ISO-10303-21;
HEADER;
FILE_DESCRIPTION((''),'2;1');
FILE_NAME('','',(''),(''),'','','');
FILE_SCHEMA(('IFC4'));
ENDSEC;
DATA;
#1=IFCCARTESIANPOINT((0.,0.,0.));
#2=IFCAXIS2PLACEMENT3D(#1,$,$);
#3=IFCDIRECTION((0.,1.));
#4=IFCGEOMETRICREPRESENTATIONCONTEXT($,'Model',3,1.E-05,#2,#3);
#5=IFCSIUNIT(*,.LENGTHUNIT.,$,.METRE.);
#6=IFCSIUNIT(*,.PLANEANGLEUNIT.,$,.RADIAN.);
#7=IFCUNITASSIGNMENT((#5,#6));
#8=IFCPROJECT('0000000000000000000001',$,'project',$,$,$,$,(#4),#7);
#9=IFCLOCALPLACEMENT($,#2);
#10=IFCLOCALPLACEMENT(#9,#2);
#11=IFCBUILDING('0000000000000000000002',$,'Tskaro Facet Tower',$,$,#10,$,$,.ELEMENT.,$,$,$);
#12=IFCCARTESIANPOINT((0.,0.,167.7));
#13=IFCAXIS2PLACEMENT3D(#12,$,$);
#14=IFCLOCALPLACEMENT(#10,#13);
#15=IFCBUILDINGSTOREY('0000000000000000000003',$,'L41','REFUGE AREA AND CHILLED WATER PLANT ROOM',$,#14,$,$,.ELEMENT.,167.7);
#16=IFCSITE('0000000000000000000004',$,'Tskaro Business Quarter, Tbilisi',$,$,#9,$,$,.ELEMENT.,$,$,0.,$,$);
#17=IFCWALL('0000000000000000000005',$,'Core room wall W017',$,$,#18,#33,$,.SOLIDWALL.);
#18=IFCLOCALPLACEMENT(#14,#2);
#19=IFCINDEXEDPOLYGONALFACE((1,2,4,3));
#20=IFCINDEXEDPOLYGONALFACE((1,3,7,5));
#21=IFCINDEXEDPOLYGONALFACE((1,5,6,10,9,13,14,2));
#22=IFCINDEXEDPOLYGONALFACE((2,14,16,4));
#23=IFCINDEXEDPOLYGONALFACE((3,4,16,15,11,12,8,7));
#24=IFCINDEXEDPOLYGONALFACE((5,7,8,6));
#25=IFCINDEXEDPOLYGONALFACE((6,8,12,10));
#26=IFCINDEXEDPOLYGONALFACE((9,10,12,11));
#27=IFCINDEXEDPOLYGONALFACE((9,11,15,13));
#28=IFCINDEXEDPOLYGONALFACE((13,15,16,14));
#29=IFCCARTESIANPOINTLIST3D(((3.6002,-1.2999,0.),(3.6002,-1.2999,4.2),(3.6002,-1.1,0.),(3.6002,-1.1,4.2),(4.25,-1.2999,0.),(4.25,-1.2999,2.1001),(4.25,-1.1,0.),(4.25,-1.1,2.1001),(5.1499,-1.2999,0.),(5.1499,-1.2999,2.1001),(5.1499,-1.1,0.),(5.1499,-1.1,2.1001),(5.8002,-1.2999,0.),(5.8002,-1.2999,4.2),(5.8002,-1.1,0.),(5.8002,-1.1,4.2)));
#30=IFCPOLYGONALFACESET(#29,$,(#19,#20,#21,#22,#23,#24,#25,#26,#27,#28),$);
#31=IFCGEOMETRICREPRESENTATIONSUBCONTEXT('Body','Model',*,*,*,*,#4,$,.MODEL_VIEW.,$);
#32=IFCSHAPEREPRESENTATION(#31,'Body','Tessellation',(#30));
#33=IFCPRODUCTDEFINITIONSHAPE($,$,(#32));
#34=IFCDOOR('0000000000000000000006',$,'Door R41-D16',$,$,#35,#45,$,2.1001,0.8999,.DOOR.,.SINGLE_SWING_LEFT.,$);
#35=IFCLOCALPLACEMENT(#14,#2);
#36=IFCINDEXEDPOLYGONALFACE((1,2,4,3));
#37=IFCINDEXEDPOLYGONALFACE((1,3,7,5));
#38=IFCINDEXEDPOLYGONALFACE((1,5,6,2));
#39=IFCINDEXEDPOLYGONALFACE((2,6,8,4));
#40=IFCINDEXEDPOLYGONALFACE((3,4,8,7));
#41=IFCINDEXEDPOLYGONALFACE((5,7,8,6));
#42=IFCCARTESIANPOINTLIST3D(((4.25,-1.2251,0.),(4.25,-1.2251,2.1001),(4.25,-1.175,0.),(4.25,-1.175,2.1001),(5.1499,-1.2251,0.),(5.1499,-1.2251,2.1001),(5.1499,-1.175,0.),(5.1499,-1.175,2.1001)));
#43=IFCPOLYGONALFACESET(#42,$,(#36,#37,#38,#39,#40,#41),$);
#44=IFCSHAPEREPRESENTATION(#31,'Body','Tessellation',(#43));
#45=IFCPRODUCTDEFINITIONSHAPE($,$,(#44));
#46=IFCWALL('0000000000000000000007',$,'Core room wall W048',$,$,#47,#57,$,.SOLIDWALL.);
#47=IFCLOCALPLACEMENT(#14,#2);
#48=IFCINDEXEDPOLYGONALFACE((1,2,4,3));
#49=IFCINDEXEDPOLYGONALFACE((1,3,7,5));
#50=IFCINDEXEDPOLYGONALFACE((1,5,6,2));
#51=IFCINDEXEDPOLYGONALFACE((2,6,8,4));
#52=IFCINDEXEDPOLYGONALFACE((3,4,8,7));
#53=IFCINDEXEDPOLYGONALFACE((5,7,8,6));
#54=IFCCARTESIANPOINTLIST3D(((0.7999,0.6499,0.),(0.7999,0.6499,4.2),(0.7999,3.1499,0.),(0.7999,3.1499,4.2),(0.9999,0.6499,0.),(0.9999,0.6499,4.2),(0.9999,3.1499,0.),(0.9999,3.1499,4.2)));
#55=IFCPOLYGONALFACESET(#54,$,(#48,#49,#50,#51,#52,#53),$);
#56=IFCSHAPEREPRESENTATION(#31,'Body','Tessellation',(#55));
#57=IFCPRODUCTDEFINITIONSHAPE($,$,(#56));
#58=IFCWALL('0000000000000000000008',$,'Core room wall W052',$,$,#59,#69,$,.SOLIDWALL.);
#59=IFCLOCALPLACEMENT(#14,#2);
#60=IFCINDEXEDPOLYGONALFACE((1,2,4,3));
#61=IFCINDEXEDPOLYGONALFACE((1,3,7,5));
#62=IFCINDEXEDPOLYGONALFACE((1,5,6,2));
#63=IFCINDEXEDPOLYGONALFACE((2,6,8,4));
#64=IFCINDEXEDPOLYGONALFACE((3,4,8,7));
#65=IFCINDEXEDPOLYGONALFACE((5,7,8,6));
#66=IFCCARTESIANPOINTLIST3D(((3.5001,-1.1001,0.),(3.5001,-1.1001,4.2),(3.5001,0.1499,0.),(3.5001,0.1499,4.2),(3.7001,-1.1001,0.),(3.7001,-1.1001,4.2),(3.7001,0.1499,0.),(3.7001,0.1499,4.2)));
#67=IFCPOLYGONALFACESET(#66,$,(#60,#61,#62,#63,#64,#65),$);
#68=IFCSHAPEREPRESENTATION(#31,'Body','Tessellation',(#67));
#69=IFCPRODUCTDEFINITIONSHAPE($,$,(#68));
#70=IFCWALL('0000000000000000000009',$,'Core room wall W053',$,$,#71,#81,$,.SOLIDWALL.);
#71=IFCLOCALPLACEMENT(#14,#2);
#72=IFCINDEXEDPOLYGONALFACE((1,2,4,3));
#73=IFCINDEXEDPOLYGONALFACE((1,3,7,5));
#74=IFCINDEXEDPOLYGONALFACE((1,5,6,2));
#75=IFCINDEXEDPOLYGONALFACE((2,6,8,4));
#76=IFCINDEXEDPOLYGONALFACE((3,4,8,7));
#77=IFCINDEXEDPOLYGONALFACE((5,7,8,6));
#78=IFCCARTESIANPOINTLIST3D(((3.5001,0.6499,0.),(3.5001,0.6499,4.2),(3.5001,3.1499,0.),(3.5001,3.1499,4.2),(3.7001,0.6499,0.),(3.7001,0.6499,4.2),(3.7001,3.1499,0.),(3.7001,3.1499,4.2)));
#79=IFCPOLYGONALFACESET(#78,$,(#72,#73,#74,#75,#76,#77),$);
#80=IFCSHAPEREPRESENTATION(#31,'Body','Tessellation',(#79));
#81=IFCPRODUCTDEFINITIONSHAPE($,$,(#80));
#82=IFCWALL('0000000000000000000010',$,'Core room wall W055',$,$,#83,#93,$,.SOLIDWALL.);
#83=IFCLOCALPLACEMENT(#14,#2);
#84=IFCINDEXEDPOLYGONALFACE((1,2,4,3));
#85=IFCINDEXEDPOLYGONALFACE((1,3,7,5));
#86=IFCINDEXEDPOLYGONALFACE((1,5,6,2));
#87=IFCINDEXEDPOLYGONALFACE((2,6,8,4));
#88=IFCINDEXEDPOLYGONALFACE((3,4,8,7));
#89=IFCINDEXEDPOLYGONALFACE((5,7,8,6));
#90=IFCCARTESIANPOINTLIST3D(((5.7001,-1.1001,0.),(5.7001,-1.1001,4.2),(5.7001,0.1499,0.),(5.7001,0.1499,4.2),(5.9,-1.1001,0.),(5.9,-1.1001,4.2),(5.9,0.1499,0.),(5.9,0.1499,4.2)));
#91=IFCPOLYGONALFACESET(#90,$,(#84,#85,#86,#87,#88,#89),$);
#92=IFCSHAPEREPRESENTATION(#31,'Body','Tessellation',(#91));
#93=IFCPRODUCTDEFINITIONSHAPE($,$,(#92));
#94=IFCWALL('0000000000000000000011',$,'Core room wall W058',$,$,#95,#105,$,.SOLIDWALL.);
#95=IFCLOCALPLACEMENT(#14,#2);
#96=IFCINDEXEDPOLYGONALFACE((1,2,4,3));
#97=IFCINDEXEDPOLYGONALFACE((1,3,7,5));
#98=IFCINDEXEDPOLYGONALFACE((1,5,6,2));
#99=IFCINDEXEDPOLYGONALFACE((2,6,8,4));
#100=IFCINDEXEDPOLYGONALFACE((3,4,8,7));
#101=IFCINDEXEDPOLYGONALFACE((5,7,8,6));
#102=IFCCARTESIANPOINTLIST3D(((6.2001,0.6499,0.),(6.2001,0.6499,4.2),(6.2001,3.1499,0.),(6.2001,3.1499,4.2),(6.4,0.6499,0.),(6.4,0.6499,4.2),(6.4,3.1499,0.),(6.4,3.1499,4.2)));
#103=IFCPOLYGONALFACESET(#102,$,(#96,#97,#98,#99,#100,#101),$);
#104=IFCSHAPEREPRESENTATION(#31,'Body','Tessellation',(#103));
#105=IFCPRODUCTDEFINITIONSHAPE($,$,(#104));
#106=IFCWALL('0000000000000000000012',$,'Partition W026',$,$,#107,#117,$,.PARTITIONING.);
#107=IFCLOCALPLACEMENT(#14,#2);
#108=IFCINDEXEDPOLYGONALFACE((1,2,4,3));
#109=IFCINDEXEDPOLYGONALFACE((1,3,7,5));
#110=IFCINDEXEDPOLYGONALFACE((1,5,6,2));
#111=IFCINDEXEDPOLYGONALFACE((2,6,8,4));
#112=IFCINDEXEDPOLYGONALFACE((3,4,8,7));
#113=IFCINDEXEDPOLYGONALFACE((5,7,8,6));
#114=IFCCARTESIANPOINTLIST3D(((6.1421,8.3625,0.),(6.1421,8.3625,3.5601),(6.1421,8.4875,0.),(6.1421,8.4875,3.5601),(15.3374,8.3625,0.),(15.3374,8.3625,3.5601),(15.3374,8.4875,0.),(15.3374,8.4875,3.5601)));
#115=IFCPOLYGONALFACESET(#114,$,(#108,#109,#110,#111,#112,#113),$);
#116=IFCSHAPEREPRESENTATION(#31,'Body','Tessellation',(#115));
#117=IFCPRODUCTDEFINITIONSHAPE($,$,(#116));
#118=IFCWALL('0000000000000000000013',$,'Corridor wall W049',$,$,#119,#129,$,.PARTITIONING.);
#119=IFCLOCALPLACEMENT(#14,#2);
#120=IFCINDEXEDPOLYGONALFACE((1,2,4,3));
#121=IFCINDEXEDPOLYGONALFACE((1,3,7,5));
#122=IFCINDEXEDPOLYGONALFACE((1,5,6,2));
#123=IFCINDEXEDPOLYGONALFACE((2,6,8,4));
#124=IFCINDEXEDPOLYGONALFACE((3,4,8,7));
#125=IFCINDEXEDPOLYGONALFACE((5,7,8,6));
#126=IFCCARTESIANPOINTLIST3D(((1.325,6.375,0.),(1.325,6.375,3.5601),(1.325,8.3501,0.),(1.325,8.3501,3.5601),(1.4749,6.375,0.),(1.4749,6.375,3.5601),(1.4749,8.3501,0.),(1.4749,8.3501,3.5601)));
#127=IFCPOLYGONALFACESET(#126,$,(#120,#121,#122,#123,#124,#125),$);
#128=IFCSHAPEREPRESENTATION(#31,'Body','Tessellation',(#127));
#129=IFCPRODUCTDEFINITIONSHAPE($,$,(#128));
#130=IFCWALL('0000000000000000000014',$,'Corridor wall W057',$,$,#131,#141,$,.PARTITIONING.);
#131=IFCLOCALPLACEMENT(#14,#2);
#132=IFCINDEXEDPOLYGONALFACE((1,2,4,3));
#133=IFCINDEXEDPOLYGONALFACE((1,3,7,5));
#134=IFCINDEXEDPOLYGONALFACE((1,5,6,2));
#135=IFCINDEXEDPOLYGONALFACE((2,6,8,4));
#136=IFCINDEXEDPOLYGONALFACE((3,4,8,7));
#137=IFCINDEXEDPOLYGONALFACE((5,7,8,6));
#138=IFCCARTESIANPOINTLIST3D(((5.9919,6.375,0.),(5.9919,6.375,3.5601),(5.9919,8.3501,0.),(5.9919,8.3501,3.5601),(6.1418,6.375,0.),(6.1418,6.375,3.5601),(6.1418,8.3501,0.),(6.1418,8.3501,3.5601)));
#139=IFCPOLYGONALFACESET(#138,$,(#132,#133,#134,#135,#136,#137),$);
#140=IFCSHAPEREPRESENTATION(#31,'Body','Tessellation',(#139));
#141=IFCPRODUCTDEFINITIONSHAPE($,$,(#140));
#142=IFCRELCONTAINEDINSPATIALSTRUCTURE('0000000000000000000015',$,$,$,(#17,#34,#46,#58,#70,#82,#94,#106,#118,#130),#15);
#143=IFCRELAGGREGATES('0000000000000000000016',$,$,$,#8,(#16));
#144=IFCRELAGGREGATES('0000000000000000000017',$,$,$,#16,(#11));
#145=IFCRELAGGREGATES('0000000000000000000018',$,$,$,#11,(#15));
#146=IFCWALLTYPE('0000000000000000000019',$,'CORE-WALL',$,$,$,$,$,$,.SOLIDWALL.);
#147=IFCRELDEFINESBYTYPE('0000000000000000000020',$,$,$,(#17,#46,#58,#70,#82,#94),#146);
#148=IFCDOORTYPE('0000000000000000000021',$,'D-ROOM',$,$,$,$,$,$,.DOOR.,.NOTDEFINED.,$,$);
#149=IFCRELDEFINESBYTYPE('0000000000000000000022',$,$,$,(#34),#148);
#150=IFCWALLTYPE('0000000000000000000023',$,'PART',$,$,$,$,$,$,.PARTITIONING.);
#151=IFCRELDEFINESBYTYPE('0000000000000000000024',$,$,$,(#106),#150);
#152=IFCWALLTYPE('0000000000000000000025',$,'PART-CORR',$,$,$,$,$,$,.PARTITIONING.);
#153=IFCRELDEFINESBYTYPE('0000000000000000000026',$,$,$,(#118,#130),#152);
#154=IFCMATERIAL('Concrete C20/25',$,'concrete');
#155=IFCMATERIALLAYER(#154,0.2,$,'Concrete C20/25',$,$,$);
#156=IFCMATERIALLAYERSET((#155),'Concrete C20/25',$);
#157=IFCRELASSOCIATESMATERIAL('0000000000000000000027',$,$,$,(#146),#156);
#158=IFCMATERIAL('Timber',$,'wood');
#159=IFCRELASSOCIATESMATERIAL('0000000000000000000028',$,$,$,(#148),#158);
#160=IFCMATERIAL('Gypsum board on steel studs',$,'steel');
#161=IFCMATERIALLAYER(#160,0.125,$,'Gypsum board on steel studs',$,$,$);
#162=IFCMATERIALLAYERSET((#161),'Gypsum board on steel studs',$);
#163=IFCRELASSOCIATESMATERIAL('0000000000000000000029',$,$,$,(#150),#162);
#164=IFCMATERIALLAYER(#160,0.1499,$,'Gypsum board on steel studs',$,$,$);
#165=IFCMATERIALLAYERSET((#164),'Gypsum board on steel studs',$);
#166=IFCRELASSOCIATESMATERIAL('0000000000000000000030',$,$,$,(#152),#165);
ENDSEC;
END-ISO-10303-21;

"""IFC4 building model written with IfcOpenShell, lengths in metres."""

from ifc_helpers import new_model, si_unit, direction, frame, frame_2d, origin, place, context, subcontext, project, spatial, rectangle, extrude, material, layer, layer_set, type_object, element, fill, save


model = new_model("IFC4")

# Units and contexts
model_context = context("Model", 3, precision=1e-05, world=origin(), true_north=direction((0.0, 1.0)))
body_context = subcontext(model_context, "Body", "Model", "MODEL_VIEW")
ifc_project = project(units=[si_unit("LENGTHUNIT", "METRE"), si_unit("PLANEANGLEUNIT", "RADIAN")], contexts=[model_context])

# Site, building, storey
site_placement = place(None, origin())
site = spatial("IfcSite", under=ifc_project, at=site_placement, Name="Tskaro Business Quarter, Tbilisi", CompositionType="ELEMENT", RefElevation=0.0)
building_placement = place(site_placement, origin())
building = spatial("IfcBuilding", under=site, at=building_placement, Name="Tskaro Facet Tower", CompositionType="ELEMENT")
storey_placement = place(building_placement, frame((0.0, 0.0, 167.7)))
storey = spatial("IfcBuildingStorey", under=building, at=storey_placement, Name="L41", Description="REFUGE AREA AND CHILLED WATER PLANT ROOM", CompositionType="ELEMENT", Elevation=167.7)

# Wall, opening, door
ifc_material_1 = material(Name="Concrete C20/25", Category="concrete")
ifc_layer_1 = layer(ifc_material_1, 0.2, Name="Concrete C20/25")
ifc_layer_set_1 = layer_set([ifc_layer_1], Name="Concrete C20/25")
wall_type_1 = type_object("IfcWallType", Name="CORE-WALL", PredefinedType="SOLIDWALL", material=ifc_layer_set_1)
wall_1_placement = place(storey_placement, frame((3.6001, -1.2, 0.0), z_axis=(0.0, 0.0, 1.0), x_axis=(1.0, 0.0, 0.0)))
wall_1 = element("IfcWall", 1, at=wall_1_placement, inside=storey, type_object=wall_type_1, Name="Core room wall W017", PredefinedType="SOLIDWALL", context=body_context, shape_type="SweptSolid", body=[
    extrude(rectangle(XDim=2.2, YDim=0.2, at=frame_2d((1.1001, 0.0))), origin(), (0.0, 0.0, 1.0), 4.2),
])
opening_placement = place(wall_1_placement, frame((0.6499, 0.0, 0.0)))
opening = element("IfcOpeningElement", 2, at=opening_placement, cuts=wall_1, PredefinedType="OPENING", context=body_context, shape_type="SweptSolid", body=[
    extrude(rectangle(XDim=0.8999, YDim=2.1001, at=frame_2d((0.45, 1.05))), frame((0.0, 0.1099, 0.0), z_axis=(0.0, -1.0, 0.0), x_axis=(1.0, 0.0, 0.0)), (0.0, 0.0, 1.0), 0.22),
])
ifc_material_2 = material(Name="Timber", Category="wood")
door_type = type_object("IfcDoorType", Name="D-ROOM", OperationType="NOTDEFINED", PredefinedType="DOOR", material=ifc_material_2)
door_placement = place(opening_placement, origin())
door = element("IfcDoor", 3, at=door_placement, inside=storey, type_object=door_type, Name="Door R41-D16", OperationType="SINGLE_SWING_LEFT", OverallHeight=2.1001, OverallWidth=0.8999, PredefinedType="DOOR", context=body_context, shape_type="SweptSolid", body=[
    extrude(rectangle(XDim=0.8999, YDim=2.1001, at=frame_2d((0.45, 1.05))), frame((0.0, 0.0249, 0.0), z_axis=(0.0, -1.0, 0.0), x_axis=(1.0, 0.0, 0.0)), (0.0, 0.0, 1.0), 0.05),
])
fill(opening, door)

# Walls
wall_2_placement = place(storey_placement, frame((0.8999, 0.6499, 0.0), z_axis=(0.0, 0.0, 1.0), x_axis=(0.0, 1.0, 0.0)))
element("IfcWall", 4, at=wall_2_placement, inside=storey, type_object=wall_type_1, Name="Core room wall W048", PredefinedType="SOLIDWALL", context=body_context, shape_type="SweptSolid", body=[
    extrude(rectangle(XDim=2.5, YDim=0.2, at=frame_2d((1.25, 0.0))), origin(), (0.0, 0.0, 1.0), 4.2),
])
wall_3_placement = place(storey_placement, frame((3.6001, -1.1001, 0.0), z_axis=(0.0, 0.0, 1.0), x_axis=(0.0, 1.0, 0.0)))
element("IfcWall", 5, at=wall_3_placement, inside=storey, type_object=wall_type_1, Name="Core room wall W052", PredefinedType="SOLIDWALL", context=body_context, shape_type="SweptSolid", body=[
    extrude(rectangle(XDim=1.25, YDim=0.2, at=frame_2d((0.625, 0.0))), origin(), (0.0, 0.0, 1.0), 4.2),
])
wall_4_placement = place(storey_placement, frame((3.6001, 0.6499, 0.0), z_axis=(0.0, 0.0, 1.0), x_axis=(0.0, 1.0, 0.0)))
element("IfcWall", 6, at=wall_4_placement, inside=storey, type_object=wall_type_1, Name="Core room wall W053", PredefinedType="SOLIDWALL", context=body_context, shape_type="SweptSolid", body=[
    extrude(rectangle(XDim=2.5, YDim=0.2, at=frame_2d((1.25, 0.0))), origin(), (0.0, 0.0, 1.0), 4.2),
])
wall_5_placement = place(storey_placement, frame((5.8, -1.1001, 0.0), z_axis=(0.0, 0.0, 1.0), x_axis=(0.0, 1.0, 0.0)))
element("IfcWall", 7, at=wall_5_placement, inside=storey, type_object=wall_type_1, Name="Core room wall W055", PredefinedType="SOLIDWALL", context=body_context, shape_type="SweptSolid", body=[
    extrude(rectangle(XDim=1.25, YDim=0.2, at=frame_2d((0.625, 0.0))), origin(), (0.0, 0.0, 1.0), 4.2),
])
wall_6_placement = place(storey_placement, frame((6.3, 0.6499, 0.0), z_axis=(0.0, 0.0, 1.0), x_axis=(0.0, 1.0, 0.0)))
element("IfcWall", 8, at=wall_6_placement, inside=storey, type_object=wall_type_1, Name="Core room wall W058", PredefinedType="SOLIDWALL", context=body_context, shape_type="SweptSolid", body=[
    extrude(rectangle(XDim=2.5, YDim=0.2, at=frame_2d((1.25, 0.0))), origin(), (0.0, 0.0, 1.0), 4.2),
])
ifc_material_3 = material(Name="Gypsum board on steel studs", Category="steel")
ifc_layer_2 = layer(ifc_material_3, 0.125, Name="Gypsum board on steel studs")
ifc_layer_set_2 = layer_set([ifc_layer_2], Name="Gypsum board on steel studs")
wall_type_2 = type_object("IfcWallType", Name="PART", PredefinedType="PARTITIONING", material=ifc_layer_set_2)
wall_7_placement = place(storey_placement, frame((6.1421, 8.425, 0.0), z_axis=(0.0, 0.0, 1.0), x_axis=(1.0, 0.0, 0.0)))
element("IfcWall", 9, at=wall_7_placement, inside=storey, type_object=wall_type_2, Name="Partition W026", PredefinedType="PARTITIONING", context=body_context, shape_type="SweptSolid", body=[
    extrude(rectangle(XDim=9.1953, YDim=0.125, at=frame_2d((4.5977, 0.0))), origin(), (0.0, 0.0, 1.0), 3.5601),
])
ifc_layer_3 = layer(ifc_material_3, 0.1499, Name="Gypsum board on steel studs")
ifc_layer_set_3 = layer_set([ifc_layer_3], Name="Gypsum board on steel studs")
wall_type_3 = type_object("IfcWallType", Name="PART-CORR", PredefinedType="PARTITIONING", material=ifc_layer_set_3)
for number, where, z_axis, x_axis, name in (
    (10, (1.3999, 6.375, 0.0), (0.0, 0.0, 1.0), (0.0, 1.0, 0.0), "Corridor wall W049"),
    (11, (6.0669, 6.375, 0.0), (0.0, 0.0, 1.0), (0.0, 1.0, 0.0), "Corridor wall W057"),
):
    element("IfcWall", number, at=place(storey_placement, frame(where, z_axis=z_axis, x_axis=x_axis)), inside=storey, type_object=wall_type_3, Name=name, PredefinedType="PARTITIONING", context=body_context, shape_type="SweptSolid", body=[
        extrude(rectangle(XDim=1.9751, YDim=0.1499, at=frame_2d((0.9875, 0.0))), origin(), (0.0, 0.0, 1.0), 3.5601),
    ])

save(model, "model.ifc")
